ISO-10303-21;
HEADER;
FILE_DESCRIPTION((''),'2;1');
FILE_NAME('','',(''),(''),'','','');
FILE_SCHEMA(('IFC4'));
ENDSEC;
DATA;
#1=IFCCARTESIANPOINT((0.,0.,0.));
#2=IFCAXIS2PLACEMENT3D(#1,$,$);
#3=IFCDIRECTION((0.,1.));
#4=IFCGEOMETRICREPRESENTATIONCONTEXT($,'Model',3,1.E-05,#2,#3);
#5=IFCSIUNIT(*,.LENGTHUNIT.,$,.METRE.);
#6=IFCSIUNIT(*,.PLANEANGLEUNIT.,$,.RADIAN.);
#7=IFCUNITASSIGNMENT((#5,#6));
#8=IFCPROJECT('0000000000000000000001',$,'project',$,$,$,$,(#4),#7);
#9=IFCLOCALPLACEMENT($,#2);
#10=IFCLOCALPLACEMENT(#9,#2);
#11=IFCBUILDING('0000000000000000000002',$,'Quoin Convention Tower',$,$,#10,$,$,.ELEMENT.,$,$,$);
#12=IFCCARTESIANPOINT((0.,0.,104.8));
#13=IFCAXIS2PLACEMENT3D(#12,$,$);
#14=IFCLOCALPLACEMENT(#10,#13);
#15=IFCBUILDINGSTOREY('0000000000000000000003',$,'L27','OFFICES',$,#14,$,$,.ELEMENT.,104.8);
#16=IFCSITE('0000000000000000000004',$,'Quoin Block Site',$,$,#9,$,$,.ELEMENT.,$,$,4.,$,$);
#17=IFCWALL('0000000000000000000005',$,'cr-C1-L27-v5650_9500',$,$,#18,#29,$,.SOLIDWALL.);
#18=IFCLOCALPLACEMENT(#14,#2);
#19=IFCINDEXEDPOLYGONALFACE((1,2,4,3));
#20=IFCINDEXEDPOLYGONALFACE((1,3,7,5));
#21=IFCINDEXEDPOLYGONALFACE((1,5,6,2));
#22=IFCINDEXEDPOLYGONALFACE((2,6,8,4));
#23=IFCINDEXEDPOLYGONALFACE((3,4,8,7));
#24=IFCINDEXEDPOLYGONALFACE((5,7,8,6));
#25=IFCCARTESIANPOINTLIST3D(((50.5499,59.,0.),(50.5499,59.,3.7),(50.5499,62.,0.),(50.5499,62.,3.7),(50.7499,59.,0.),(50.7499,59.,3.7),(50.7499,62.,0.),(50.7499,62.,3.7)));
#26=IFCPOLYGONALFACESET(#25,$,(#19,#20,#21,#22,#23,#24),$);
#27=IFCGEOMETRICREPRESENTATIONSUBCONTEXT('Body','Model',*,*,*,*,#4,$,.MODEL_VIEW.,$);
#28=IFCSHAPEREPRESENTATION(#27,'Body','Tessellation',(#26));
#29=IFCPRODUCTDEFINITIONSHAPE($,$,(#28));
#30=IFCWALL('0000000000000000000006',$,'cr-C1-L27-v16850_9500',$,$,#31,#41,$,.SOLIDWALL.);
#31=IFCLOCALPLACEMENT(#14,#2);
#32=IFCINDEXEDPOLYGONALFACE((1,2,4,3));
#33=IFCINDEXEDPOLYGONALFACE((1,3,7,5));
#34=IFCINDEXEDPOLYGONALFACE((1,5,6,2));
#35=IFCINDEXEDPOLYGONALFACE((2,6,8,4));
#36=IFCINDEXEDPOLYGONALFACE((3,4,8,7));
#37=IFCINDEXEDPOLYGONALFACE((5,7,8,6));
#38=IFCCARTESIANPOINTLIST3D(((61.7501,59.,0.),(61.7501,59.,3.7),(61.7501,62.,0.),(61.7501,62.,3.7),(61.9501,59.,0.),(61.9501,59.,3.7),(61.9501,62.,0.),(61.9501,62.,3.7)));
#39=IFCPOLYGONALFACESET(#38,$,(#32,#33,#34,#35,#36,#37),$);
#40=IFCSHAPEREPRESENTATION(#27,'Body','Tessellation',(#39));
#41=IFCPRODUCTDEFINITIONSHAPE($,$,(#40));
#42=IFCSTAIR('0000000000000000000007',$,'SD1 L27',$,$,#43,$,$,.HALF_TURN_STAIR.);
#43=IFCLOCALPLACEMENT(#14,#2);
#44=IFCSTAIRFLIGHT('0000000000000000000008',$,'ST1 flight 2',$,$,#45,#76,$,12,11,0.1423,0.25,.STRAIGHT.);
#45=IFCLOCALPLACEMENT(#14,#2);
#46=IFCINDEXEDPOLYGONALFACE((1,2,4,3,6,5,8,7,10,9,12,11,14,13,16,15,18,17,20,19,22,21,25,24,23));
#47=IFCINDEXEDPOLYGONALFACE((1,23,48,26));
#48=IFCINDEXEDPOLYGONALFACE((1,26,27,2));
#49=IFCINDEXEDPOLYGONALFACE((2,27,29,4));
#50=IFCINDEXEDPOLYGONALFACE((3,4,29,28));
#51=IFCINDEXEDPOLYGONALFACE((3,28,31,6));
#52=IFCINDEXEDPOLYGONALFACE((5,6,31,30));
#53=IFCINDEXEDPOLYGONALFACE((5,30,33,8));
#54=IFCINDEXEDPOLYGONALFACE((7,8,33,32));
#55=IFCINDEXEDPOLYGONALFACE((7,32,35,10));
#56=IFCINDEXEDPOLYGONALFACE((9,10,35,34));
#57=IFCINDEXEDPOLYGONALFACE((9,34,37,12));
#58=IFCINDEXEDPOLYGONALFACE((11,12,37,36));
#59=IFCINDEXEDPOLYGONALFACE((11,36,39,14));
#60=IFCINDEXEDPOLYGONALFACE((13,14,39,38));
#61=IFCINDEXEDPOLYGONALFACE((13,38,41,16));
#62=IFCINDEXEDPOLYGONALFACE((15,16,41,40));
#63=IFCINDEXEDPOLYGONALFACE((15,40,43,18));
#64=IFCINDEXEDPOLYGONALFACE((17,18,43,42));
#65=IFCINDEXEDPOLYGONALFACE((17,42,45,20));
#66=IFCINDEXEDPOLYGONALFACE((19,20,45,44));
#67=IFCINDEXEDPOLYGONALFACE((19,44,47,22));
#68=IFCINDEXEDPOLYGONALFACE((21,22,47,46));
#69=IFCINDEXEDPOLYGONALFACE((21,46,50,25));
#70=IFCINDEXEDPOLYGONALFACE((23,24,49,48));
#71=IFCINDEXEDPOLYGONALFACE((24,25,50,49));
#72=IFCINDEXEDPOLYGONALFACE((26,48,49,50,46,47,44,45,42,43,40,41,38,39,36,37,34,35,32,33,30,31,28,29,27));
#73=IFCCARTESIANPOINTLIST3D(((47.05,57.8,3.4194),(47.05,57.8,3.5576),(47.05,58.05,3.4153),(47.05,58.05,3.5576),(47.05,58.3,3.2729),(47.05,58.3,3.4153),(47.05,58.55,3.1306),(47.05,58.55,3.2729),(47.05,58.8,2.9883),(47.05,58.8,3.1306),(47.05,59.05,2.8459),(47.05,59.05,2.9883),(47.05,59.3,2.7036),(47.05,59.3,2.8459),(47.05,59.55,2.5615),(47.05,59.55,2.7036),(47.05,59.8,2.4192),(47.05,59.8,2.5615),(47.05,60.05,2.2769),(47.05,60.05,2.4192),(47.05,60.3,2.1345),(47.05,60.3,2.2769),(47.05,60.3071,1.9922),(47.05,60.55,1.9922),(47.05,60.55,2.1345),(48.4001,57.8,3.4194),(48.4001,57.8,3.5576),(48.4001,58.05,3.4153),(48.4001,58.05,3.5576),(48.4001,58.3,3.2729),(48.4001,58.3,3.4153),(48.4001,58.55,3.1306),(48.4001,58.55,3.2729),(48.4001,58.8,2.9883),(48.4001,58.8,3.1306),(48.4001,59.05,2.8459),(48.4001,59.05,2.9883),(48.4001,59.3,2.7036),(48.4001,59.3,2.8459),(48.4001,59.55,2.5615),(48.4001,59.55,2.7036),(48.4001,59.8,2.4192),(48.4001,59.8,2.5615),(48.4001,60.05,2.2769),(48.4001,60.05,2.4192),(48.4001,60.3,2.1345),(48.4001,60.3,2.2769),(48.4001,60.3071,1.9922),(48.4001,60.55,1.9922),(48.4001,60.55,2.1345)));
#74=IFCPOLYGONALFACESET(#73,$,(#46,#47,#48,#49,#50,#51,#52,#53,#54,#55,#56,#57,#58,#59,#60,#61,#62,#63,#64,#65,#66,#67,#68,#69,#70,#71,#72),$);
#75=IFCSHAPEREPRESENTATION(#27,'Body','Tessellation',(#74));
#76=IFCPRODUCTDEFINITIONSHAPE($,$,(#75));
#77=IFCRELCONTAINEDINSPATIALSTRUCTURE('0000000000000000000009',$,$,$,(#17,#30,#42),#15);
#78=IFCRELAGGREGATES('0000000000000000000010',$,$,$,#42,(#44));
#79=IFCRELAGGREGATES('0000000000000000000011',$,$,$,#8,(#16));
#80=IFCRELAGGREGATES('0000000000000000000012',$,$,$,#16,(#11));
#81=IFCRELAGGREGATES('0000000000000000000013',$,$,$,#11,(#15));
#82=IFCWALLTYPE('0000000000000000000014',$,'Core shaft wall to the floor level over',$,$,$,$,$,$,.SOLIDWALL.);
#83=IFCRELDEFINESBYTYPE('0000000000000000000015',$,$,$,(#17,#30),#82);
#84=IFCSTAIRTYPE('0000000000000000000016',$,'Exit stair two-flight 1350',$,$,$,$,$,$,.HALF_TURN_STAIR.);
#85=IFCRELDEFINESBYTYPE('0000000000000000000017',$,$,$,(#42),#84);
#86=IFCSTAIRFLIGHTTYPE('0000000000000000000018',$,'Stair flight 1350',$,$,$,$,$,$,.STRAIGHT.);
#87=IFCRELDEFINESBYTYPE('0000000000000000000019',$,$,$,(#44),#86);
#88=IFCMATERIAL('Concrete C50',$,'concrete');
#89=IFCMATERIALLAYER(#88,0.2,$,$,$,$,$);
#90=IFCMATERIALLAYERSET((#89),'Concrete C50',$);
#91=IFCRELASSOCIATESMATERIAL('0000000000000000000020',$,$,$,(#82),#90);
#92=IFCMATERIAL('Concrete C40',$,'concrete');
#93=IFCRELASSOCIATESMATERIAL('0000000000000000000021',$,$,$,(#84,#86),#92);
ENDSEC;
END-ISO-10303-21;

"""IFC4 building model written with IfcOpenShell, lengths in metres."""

from ifc_helpers import new_model, si_unit, direction, frame, frame_2d, origin, place, context, subcontext, project, spatial, polyline, rectangle, outline, extrude, material, layer, layer_set, type_object, element, aggregate, save


model = new_model("IFC4")

# Units and contexts
model_context = context("Model", 3, precision=1e-05, world=origin(), true_north=direction((0.0, 1.0)))
body_context = subcontext(model_context, "Body", "Model", "MODEL_VIEW")
ifc_project = project(units=[si_unit("LENGTHUNIT", "METRE"), si_unit("PLANEANGLEUNIT", "RADIAN")], contexts=[model_context])

# Site, building, storey
site_placement = place(None, origin())
site = spatial("IfcSite", under=ifc_project, at=site_placement, Name="Quoin Block Site", CompositionType="ELEMENT", RefElevation=4.0)
building_placement = place(site_placement, origin())
building = spatial("IfcBuilding", under=site, at=building_placement, Name="Quoin Convention Tower", CompositionType="ELEMENT")
storey_placement = place(building_placement, frame((0.0, 0.0, 104.8)))
storey = spatial("IfcBuildingStorey", under=building, at=storey_placement, Name="L27", Description="OFFICES", CompositionType="ELEMENT", Elevation=104.8)

# Shared definitions
ifc_material_1 = material(Name="Concrete C50", Category="concrete")

# Walls
ifc_layer_1 = layer(ifc_material_1, 0.2)
ifc_layer_set_1 = layer_set([ifc_layer_1], Name="Concrete C50")
wall_type_1 = type_object("IfcWallType", Name="Core shaft wall to the floor level over", PredefinedType="SOLIDWALL", material=ifc_layer_set_1)
for number, where, z_axis, x_axis, name in (
    (1, (50.6499, 59.0, 0.0), (0.0, 0.0, 1.0), (0.0, 1.0, 0.0), "cr-C1-L27-v5650_9500"),
    (2, (61.8501, 59.0, 0.0), (0.0, 0.0, 1.0), (0.0, 1.0, 0.0), "cr-C1-L27-v16850_9500"),
):
    element("IfcWall", number, at=place(storey_placement, frame(where, z_axis=z_axis, x_axis=x_axis)), inside=storey, type_object=wall_type_1, Name=name, PredefinedType="SOLIDWALL", context=body_context, shape_type="SweptSolid", body=[
        extrude(rectangle(XDim=3.0, YDim=0.2, at=frame_2d((1.5, 0.0))), origin(), (0.0, 0.0, 1.0), 3.7),
    ])

# Stair, stair flight
ifc_material_2 = material(Name="Concrete C40", Category="concrete")
stair_type = type_object("IfcStairType", Name="Exit stair two-flight 1350", PredefinedType="HALF_TURN_STAIR", material=ifc_material_2)
stair_placement = place(storey_placement, origin())
stair = element("IfcStair", 3, at=stair_placement, inside=storey, type_object=stair_type, Name="SD1 L27", PredefinedType="HALF_TURN_STAIR")
stair_flight_type = type_object("IfcStairFlightType", Name="Stair flight 1350", PredefinedType="STRAIGHT", material=ifc_material_2)
stair_flight_placement = place(storey_placement, frame((47.7251, 60.55, 1.9922), z_axis=(0.0, 0.0, 1.0), x_axis=(0.0, -1.0, 0.0)))
stair_flight = element("IfcStairFlight", 4, at=stair_flight_placement, type_object=stair_flight_type, Name="ST1 flight 2", NumberOfRisers=12, NumberOfTreads=11, PredefinedType="STRAIGHT", RiserHeight=0.1423, TreadLength=0.25, context=body_context, shape_type="SweptSolid", body=[
    extrude(outline(polyline([(0.0, 0.0), (0.0, 0.1423), (0.25, 0.1423), (0.25, 0.2847), (0.5, 0.2847), (0.5, 0.427), (0.75, 0.427), (0.75, 0.5693), (1.0, 0.5693), (1.0, 0.7114), (1.25, 0.7114), (1.25, 0.8538), (1.5, 0.8538), (1.5, 0.9961), (1.75, 0.9961), (1.75, 1.1384), (2.0, 1.1384), (2.0, 1.2808), (2.25, 1.2808), (2.25, 1.4231), (2.5, 1.4231), (2.5, 1.5654), (2.75, 1.5654), (2.75, 1.7078), (2.75, 1.4272), (0.2429, 0.0), (0.0, 0.0)])), frame((0.0, 0.675, 0.0), z_axis=(0.0, -1.0, 0.0), x_axis=(1.0, 0.0, 0.0)), (0.0, 0.0, 1.0), 1.3501),
])
aggregate(stair, [stair_flight])

save(model, "model.ifc")
